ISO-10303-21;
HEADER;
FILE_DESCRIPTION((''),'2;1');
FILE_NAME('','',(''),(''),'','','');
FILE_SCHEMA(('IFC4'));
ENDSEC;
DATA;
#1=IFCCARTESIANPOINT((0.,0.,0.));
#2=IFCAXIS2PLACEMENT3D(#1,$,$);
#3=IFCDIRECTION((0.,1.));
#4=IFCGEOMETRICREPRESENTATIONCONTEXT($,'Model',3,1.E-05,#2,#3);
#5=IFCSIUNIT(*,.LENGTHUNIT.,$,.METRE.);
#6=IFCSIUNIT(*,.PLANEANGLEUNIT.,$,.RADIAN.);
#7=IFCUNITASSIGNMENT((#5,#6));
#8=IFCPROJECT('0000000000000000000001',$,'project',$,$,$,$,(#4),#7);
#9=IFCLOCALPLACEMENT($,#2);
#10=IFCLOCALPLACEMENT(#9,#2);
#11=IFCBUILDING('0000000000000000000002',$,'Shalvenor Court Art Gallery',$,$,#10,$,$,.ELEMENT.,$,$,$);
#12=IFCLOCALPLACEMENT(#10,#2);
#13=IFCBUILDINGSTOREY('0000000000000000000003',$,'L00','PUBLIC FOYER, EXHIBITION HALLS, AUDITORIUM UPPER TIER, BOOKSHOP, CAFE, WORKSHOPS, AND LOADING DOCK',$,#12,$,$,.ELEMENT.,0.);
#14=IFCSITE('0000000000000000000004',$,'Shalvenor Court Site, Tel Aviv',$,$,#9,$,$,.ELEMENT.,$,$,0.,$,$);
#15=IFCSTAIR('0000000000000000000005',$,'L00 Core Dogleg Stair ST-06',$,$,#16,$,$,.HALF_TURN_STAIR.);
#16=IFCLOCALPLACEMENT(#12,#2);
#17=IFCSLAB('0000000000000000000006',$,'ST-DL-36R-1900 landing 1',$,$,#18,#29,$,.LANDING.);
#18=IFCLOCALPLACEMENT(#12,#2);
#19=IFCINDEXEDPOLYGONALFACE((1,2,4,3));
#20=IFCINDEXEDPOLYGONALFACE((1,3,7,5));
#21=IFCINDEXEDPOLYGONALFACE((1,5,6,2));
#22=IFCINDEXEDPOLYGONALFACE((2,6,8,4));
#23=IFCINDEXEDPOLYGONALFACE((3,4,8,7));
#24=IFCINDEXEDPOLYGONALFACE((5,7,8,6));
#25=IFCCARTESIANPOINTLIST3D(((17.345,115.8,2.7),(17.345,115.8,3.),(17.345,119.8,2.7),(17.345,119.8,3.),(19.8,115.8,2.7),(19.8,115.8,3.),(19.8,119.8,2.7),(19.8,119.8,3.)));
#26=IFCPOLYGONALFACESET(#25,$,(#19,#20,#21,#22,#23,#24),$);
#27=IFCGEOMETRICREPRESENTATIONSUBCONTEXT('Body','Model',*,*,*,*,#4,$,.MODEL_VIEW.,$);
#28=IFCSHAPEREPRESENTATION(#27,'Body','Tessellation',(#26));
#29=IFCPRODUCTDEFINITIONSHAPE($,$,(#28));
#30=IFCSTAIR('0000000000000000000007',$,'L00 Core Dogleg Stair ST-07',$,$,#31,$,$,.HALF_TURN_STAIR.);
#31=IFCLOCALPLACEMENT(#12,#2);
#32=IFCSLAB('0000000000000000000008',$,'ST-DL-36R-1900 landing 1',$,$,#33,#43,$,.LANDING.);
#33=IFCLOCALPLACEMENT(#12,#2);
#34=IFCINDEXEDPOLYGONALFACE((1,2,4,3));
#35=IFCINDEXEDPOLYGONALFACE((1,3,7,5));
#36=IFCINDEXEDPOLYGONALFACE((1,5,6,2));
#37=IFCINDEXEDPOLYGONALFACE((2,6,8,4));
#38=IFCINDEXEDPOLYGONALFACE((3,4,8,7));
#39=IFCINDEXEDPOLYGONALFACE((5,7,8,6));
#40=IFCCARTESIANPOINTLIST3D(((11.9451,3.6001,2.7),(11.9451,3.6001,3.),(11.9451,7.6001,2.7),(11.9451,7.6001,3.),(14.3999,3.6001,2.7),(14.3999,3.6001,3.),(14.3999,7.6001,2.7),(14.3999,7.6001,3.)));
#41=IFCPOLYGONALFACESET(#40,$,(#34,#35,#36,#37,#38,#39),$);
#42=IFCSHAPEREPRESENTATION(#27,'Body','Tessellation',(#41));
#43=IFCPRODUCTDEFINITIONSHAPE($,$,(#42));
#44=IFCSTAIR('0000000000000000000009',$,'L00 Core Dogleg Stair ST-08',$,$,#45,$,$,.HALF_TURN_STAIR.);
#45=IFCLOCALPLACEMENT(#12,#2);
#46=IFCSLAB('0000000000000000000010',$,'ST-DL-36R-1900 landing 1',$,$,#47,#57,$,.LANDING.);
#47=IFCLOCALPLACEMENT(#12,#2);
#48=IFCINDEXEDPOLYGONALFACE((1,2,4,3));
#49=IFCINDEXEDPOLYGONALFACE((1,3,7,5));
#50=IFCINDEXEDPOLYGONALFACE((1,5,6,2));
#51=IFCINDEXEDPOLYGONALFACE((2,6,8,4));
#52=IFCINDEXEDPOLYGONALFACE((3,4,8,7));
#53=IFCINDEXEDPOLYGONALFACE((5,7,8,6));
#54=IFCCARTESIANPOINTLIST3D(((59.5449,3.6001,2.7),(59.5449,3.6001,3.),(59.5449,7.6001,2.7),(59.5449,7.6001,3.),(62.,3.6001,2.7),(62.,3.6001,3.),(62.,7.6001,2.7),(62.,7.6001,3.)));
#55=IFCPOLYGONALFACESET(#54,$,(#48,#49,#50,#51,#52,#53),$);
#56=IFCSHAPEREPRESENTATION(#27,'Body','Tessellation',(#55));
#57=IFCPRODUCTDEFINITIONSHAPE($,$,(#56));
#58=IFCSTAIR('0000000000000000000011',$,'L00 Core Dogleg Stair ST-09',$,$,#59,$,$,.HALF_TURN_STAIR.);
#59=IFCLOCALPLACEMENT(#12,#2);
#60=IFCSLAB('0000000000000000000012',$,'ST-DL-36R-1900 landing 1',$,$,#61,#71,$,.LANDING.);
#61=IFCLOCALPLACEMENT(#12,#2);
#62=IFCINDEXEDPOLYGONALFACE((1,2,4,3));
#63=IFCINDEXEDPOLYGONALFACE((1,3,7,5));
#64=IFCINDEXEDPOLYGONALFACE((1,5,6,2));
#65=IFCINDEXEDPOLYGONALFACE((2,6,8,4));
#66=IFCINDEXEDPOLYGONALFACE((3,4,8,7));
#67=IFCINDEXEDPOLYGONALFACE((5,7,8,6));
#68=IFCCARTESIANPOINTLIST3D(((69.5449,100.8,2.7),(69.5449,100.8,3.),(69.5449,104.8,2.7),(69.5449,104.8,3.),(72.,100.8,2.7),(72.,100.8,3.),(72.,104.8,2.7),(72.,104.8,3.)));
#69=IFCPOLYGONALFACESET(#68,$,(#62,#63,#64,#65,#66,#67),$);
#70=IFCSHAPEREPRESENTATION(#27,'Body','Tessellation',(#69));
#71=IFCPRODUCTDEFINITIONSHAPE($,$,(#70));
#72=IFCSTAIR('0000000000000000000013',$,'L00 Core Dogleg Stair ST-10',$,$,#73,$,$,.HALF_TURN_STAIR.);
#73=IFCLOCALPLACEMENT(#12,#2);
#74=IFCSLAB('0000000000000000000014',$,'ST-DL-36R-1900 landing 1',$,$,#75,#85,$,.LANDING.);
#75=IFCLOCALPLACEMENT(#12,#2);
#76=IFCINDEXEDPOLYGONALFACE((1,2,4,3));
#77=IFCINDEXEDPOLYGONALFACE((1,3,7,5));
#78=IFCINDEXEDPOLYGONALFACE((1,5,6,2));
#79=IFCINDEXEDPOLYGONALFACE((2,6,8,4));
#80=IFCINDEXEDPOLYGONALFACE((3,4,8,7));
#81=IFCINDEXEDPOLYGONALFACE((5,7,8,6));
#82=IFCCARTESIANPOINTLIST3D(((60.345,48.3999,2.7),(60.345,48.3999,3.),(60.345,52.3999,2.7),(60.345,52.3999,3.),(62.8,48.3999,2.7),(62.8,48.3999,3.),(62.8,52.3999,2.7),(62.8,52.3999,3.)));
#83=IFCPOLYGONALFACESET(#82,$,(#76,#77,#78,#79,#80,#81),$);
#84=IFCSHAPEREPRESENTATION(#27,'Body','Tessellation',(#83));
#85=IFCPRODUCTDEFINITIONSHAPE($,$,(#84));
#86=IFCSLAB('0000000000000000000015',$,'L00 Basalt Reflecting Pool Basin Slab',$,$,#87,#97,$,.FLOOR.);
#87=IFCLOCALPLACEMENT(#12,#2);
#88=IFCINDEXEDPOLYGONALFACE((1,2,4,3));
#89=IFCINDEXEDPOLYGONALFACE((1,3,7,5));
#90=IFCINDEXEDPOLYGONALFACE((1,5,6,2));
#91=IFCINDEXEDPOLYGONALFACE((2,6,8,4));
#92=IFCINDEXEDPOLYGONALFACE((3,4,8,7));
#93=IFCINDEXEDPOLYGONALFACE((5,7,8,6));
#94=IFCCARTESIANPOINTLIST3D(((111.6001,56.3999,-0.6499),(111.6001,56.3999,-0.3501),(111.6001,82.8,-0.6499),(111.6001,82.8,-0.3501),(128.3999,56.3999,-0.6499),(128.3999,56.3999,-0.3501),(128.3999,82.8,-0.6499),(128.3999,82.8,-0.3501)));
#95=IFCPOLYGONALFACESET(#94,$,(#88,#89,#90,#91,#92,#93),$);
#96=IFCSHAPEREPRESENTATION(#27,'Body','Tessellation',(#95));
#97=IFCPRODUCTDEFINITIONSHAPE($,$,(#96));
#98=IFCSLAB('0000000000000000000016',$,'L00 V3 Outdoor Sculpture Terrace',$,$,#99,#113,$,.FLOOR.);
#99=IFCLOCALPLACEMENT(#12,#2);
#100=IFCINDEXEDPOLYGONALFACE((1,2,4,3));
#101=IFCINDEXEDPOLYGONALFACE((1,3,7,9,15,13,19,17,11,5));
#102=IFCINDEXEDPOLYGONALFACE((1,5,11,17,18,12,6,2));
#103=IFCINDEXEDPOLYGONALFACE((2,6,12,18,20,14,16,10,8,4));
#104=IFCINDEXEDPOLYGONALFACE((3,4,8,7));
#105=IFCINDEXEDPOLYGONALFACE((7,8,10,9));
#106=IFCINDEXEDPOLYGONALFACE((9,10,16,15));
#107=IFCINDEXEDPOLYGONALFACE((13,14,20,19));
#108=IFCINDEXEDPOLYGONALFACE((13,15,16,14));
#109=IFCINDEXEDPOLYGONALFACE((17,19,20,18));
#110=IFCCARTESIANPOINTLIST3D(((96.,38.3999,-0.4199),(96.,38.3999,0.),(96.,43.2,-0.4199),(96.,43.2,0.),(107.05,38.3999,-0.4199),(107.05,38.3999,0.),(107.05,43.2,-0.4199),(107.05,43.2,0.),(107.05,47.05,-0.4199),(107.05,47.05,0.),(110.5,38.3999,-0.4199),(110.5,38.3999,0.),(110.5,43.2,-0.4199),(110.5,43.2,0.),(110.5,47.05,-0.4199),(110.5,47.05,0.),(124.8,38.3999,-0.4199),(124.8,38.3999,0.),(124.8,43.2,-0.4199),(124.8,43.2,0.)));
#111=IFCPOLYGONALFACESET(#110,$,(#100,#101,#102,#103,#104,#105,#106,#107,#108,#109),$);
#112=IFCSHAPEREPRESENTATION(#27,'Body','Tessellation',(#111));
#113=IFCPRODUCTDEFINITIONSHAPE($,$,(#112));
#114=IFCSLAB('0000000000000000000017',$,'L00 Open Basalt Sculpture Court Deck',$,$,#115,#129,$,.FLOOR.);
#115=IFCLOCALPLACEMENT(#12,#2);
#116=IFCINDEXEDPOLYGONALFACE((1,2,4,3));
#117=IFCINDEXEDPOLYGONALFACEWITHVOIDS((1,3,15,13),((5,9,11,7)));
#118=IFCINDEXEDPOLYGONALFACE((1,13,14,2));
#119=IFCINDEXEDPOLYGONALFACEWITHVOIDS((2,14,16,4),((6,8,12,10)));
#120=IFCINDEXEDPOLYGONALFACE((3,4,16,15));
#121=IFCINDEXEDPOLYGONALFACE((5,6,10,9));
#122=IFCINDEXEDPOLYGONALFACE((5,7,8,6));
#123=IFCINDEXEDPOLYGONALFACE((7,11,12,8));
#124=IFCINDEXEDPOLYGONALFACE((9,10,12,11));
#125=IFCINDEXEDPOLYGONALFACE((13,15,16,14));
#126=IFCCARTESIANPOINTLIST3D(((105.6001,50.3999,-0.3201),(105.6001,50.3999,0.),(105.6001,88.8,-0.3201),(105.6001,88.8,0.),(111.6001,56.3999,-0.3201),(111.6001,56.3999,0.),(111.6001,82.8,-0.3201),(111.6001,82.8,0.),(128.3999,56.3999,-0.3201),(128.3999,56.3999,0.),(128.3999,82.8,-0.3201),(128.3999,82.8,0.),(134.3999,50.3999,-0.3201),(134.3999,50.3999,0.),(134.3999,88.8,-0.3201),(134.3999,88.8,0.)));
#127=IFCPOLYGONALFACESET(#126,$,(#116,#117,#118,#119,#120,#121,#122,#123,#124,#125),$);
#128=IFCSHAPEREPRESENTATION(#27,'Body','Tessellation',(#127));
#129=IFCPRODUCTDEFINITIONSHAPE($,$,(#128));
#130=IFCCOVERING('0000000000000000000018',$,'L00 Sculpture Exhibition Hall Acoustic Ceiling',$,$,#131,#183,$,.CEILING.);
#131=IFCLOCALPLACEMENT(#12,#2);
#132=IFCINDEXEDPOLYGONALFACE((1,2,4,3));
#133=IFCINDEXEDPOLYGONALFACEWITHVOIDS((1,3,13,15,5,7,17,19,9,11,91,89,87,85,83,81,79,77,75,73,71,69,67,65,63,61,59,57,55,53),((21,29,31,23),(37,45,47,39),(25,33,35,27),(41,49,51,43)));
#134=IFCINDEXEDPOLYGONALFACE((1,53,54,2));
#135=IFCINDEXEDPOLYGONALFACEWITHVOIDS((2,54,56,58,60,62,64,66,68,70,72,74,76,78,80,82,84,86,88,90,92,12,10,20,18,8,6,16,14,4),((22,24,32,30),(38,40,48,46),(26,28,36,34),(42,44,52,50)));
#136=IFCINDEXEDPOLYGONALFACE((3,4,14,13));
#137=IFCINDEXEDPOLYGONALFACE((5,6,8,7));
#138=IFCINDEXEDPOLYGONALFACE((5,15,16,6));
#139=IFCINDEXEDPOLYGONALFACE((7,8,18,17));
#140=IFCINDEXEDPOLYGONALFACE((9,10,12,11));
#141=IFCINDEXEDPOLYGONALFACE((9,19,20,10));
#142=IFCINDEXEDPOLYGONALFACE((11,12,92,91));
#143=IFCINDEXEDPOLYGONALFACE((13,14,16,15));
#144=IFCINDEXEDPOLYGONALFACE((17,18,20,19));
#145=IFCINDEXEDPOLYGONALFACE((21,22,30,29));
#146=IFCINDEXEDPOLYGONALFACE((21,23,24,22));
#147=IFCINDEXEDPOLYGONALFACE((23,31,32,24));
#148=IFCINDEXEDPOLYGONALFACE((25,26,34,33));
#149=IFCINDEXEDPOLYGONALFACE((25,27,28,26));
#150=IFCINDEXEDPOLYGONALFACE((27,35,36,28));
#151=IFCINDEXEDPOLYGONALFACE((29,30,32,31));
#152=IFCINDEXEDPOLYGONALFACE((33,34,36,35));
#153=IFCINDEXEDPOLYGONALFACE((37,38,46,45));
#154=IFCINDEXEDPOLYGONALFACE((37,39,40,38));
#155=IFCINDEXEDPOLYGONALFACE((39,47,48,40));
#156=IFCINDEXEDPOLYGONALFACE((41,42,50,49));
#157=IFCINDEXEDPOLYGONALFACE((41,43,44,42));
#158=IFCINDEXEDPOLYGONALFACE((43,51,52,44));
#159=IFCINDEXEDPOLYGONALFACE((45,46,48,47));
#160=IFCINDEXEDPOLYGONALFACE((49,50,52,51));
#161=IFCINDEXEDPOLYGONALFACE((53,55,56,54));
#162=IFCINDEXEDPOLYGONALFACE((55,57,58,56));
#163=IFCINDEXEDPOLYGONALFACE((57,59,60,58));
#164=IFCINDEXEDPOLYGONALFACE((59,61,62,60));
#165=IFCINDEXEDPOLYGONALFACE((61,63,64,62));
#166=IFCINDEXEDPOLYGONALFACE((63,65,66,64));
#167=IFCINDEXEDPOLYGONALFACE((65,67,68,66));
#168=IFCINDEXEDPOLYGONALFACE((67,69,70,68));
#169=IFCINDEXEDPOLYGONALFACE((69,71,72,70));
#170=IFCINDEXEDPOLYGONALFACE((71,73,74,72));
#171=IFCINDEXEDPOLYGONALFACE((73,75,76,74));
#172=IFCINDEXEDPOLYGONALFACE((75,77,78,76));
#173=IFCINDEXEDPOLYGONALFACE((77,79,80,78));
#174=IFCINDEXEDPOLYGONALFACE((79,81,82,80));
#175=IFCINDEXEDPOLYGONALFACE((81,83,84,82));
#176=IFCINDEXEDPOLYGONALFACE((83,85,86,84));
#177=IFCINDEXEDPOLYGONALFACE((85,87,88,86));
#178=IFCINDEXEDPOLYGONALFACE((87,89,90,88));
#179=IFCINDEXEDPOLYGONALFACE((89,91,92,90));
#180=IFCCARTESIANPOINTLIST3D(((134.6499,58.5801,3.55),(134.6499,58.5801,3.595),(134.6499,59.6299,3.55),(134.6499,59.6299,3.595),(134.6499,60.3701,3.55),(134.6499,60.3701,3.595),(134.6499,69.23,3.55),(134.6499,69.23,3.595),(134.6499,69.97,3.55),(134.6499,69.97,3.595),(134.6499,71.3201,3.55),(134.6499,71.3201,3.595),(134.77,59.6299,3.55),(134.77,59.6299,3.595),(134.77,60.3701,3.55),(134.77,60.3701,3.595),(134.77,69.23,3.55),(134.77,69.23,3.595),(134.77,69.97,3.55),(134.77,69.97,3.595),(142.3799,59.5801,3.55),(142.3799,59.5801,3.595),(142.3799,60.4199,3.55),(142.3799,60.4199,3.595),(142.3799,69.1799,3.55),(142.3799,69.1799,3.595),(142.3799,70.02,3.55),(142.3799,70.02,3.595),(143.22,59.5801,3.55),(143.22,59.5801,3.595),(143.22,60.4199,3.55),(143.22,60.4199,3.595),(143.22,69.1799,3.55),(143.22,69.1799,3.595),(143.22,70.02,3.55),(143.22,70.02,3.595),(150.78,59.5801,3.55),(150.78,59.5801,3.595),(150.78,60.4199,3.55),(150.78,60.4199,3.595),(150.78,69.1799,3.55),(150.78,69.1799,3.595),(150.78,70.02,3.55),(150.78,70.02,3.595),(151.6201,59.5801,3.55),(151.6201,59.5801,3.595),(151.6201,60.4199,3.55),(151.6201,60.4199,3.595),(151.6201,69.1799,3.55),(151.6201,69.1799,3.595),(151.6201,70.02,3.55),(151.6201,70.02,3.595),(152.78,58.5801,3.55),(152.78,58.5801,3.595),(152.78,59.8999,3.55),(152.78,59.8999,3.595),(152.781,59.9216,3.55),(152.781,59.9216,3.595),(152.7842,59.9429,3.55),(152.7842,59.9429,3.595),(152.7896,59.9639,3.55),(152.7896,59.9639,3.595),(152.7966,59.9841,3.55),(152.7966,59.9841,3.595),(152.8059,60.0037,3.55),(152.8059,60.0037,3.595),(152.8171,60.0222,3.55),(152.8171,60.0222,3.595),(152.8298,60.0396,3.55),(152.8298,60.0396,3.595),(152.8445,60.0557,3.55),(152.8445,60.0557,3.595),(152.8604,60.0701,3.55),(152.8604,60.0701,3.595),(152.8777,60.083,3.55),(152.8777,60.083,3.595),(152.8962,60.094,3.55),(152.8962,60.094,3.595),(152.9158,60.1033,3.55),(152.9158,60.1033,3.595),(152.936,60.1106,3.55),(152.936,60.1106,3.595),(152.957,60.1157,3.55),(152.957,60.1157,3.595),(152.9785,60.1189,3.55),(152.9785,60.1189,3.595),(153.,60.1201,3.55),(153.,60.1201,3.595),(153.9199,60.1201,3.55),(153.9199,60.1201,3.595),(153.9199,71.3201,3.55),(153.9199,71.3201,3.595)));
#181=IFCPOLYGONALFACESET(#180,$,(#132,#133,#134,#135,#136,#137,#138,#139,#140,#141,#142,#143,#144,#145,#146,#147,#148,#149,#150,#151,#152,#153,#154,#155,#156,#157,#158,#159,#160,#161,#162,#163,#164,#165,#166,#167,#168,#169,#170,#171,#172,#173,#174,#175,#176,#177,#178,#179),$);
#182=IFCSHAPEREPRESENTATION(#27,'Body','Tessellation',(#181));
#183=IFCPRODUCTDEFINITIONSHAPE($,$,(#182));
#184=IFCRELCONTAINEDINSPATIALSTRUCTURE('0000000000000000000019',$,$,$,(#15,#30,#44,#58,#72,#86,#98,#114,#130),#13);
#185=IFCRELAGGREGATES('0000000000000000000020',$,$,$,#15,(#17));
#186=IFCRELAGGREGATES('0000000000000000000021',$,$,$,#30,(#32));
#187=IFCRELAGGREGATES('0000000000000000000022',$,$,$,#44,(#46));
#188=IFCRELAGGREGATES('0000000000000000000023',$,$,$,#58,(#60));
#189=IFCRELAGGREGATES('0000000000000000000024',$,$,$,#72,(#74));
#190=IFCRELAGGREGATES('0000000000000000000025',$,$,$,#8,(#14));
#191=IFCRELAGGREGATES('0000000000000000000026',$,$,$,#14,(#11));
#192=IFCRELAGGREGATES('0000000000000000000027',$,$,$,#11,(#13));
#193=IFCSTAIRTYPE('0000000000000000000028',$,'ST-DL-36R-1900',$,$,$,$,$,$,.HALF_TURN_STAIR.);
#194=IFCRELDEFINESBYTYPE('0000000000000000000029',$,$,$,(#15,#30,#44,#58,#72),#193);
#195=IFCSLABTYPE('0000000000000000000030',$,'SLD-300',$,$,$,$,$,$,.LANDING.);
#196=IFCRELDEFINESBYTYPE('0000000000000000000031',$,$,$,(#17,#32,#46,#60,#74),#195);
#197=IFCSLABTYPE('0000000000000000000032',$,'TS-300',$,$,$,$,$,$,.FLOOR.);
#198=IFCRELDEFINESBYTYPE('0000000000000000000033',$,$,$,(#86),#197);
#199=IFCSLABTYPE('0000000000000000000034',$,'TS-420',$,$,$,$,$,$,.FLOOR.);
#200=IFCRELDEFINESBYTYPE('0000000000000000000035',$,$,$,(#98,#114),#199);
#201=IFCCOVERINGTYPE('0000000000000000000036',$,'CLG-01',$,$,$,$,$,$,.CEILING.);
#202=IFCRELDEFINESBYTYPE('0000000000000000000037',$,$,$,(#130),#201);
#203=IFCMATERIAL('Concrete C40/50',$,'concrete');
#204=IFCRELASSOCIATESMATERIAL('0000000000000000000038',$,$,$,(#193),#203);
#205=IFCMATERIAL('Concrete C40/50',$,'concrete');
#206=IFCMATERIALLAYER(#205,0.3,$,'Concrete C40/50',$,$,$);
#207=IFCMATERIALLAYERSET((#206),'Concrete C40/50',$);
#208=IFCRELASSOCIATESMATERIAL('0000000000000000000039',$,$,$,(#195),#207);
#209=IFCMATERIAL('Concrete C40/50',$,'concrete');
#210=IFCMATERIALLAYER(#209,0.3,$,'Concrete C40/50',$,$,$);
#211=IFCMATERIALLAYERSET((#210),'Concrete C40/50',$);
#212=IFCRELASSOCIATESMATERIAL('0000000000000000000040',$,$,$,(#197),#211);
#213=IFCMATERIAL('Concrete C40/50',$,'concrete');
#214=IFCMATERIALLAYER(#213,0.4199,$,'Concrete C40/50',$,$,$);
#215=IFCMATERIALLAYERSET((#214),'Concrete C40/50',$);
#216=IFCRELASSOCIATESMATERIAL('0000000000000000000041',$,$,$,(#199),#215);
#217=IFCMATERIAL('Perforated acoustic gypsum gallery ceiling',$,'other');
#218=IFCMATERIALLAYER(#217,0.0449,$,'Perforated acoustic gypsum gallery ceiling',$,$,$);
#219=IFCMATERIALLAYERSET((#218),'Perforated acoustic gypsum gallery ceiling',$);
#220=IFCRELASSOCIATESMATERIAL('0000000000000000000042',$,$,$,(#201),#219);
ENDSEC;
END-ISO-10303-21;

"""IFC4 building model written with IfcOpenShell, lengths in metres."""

from ifc_helpers import new_model, si_unit, direction, frame, origin, place, context, subcontext, project, spatial, polyline, outline, extrude, material, layer, layer_set, type_object, element, aggregate, save


model = new_model("IFC4")

# Units and contexts
model_context = context("Model", 3, precision=1e-05, world=origin(), true_north=direction((0.0, 1.0)))
body_context = subcontext(model_context, "Body", "Model", "MODEL_VIEW")
ifc_project = project(units=[si_unit("LENGTHUNIT", "METRE"), si_unit("PLANEANGLEUNIT", "RADIAN")], contexts=[model_context])

# Site, building, storey
site_placement = place(None, origin())
site = spatial("IfcSite", under=ifc_project, at=site_placement, Name="Shalvenor Court Site, Tel Aviv", CompositionType="ELEMENT", RefElevation=0.0)
building_placement = place(site_placement, origin())
building = spatial("IfcBuilding", under=site, at=building_placement, Name="Shalvenor Court Art Gallery", CompositionType="ELEMENT")
storey_placement = place(building_placement, origin())
storey = spatial("IfcBuildingStorey", under=building, at=storey_placement, Name="L00", Description="PUBLIC FOYER, EXHIBITION HALLS, AUDITORIUM UPPER TIER, BOOKSHOP, CAFE, WORKSHOPS, AND LOADING DOCK", CompositionType="ELEMENT", Elevation=0.0)

# Stairs, slabs
ifc_material_1 = material(Name="Concrete C40/50", Category="concrete")
stair_type_1 = type_object("IfcStairType", Name="ST-DL-36R-1900", PredefinedType="HALF_TURN_STAIR", material=ifc_material_1)
ifc_material_2 = material(Name="Concrete C40/50", Category="concrete")
ifc_layer_1 = layer(ifc_material_2, 0.3, Name="Concrete C40/50")
ifc_layer_set_1 = layer_set([ifc_layer_1], Name="Concrete C40/50")
slab_type_1 = type_object("IfcSlabType", Name="SLD-300", PredefinedType="LANDING", material=ifc_layer_set_1)
stair_1_placement = place(storey_placement, origin())
stair_1 = element("IfcStair", 1, at=stair_1_placement, inside=storey, type_object=stair_type_1, Name="L00 Core Dogleg Stair ST-06", PredefinedType="HALF_TURN_STAIR")
slab_1_placement = place(storey_placement, frame((0.0, 0.0, 2.7)))
slab_1 = element("IfcSlab", 2, at=slab_1_placement, type_object=slab_type_1, Name="ST-DL-36R-1900 landing 1", PredefinedType="LANDING", context=body_context, shape_type="SweptSolid", body=[
    extrude(outline(polyline([(17.345, 115.8), (19.8, 115.8), (19.8, 119.8), (17.345, 119.8), (17.345, 115.8)])), origin(), (0.0, 0.0, 1.0), 0.3),
])
aggregate(stair_1, [slab_1])
stair_2_placement = place(storey_placement, origin())
stair_2 = element("IfcStair", 3, at=stair_2_placement, inside=storey, type_object=stair_type_1, Name="L00 Core Dogleg Stair ST-07", PredefinedType="HALF_TURN_STAIR")
slab_2_placement = place(storey_placement, frame((0.0, 0.0, 2.7)))
slab_2 = element("IfcSlab", 4, at=slab_2_placement, type_object=slab_type_1, Name="ST-DL-36R-1900 landing 1", PredefinedType="LANDING", context=body_context, shape_type="SweptSolid", body=[
    extrude(outline(polyline([(11.9451, 3.6001), (14.3999, 3.6001), (14.3999, 7.6001), (11.9451, 7.6001), (11.9451, 3.6001)])), origin(), (0.0, 0.0, 1.0), 0.3),
])
aggregate(stair_2, [slab_2])
stair_3_placement = place(storey_placement, origin())
stair_3 = element("IfcStair", 5, at=stair_3_placement, inside=storey, type_object=stair_type_1, Name="L00 Core Dogleg Stair ST-08", PredefinedType="HALF_TURN_STAIR")
slab_3_placement = place(storey_placement, frame((0.0, 0.0, 2.7)))
slab_3 = element("IfcSlab", 6, at=slab_3_placement, type_object=slab_type_1, Name="ST-DL-36R-1900 landing 1", PredefinedType="LANDING", context=body_context, shape_type="SweptSolid", body=[
    extrude(outline(polyline([(59.5449, 3.6001), (62.0, 3.6001), (62.0, 7.6001), (59.5449, 7.6001), (59.5449, 3.6001)])), origin(), (0.0, 0.0, 1.0), 0.3),
])
aggregate(stair_3, [slab_3])
stair_4_placement = place(storey_placement, origin())
stair_4 = element("IfcStair", 7, at=stair_4_placement, inside=storey, type_object=stair_type_1, Name="L00 Core Dogleg Stair ST-09", PredefinedType="HALF_TURN_STAIR")
slab_4_placement = place(storey_placement, frame((0.0, 0.0, 2.7)))
slab_4 = element("IfcSlab", 8, at=slab_4_placement, type_object=slab_type_1, Name="ST-DL-36R-1900 landing 1", PredefinedType="LANDING", context=body_context, shape_type="SweptSolid", body=[
    extrude(outline(polyline([(69.5449, 100.8), (72.0, 100.8), (72.0, 104.8), (69.5449, 104.8), (69.5449, 100.8)])), origin(), (0.0, 0.0, 1.0), 0.3),
])
aggregate(stair_4, [slab_4])
stair_5_placement = place(storey_placement, origin())
stair_5 = element("IfcStair", 9, at=stair_5_placement, inside=storey, type_object=stair_type_1, Name="L00 Core Dogleg Stair ST-10", PredefinedType="HALF_TURN_STAIR")
slab_5_placement = place(storey_placement, frame((0.0, 0.0, 2.7)))
slab_5 = element("IfcSlab", 10, at=slab_5_placement, type_object=slab_type_1, Name="ST-DL-36R-1900 landing 1", PredefinedType="LANDING", context=body_context, shape_type="SweptSolid", body=[
    extrude(outline(polyline([(60.345, 48.3999), (62.8, 48.3999), (62.8, 52.3999), (60.345, 52.3999), (60.345, 48.3999)])), origin(), (0.0, 0.0, 1.0), 0.3),
])
aggregate(stair_5, [slab_5])

# Slabs
ifc_material_3 = material(Name="Concrete C40/50", Category="concrete")
ifc_layer_2 = layer(ifc_material_3, 0.3, Name="Concrete C40/50")
ifc_layer_set_2 = layer_set([ifc_layer_2], Name="Concrete C40/50")
slab_type_2 = type_object("IfcSlabType", Name="TS-300", PredefinedType="FLOOR", material=ifc_layer_set_2)
slab_6_placement = place(storey_placement, frame((0.0, 0.0, -0.6499)))
element("IfcSlab", 11, at=slab_6_placement, inside=storey, type_object=slab_type_2, Name="L00 Basalt Reflecting Pool Basin Slab", PredefinedType="FLOOR", context=body_context, shape_type="SweptSolid", body=[
    extrude(outline(polyline([(111.6001, 56.3999), (128.3999, 56.3999), (128.3999, 82.8), (111.6001, 82.8), (111.6001, 56.3999)])), origin(), (0.0, 0.0, 1.0), 0.2998),
])
ifc_material_4 = material(Name="Concrete C40/50", Category="concrete")
ifc_layer_3 = layer(ifc_material_4, 0.4199, Name="Concrete C40/50")
ifc_layer_set_3 = layer_set([ifc_layer_3], Name="Concrete C40/50")
slab_type_3 = type_object("IfcSlabType", Name="TS-420", PredefinedType="FLOOR", material=ifc_layer_set_3)
slab_7_placement = place(storey_placement, frame((0.0, 0.0, -0.4199)))
element("IfcSlab", 12, at=slab_7_placement, inside=storey, type_object=slab_type_3, Name="L00 V3 Outdoor Sculpture Terrace", PredefinedType="FLOOR", context=body_context, shape_type="SweptSolid", body=[
    extrude(outline(polyline([(124.8, 43.2), (124.8, 38.3999), (110.5, 38.3999), (107.05, 38.3999), (96.0, 38.3999), (96.0, 43.2), (107.05, 43.2), (107.05, 47.05), (110.5, 47.05), (110.5, 43.2), (124.8, 43.2)])), origin(), (0.0, 0.0, 1.0), 0.4199),
])
slab_8_placement = place(storey_placement, frame((0.0, 0.0, -0.3201)))
element("IfcSlab", 13, at=slab_8_placement, inside=storey, type_object=slab_type_3, Name="L00 Open Basalt Sculpture Court Deck", PredefinedType="FLOOR", context=body_context, shape_type="SweptSolid", body=[
    extrude(outline(polyline([(105.6001, 50.3999), (134.3999, 50.3999), (134.3999, 88.8), (105.6001, 88.8), (105.6001, 50.3999)]), holes=[polyline([(111.6001, 56.3999), (128.3999, 56.3999), (128.3999, 82.8), (111.6001, 82.8), (111.6001, 56.3999)])]), origin(), (0.0, 0.0, 1.0), 0.3201),
])

# Covering
ifc_material_5 = material(Name="Perforated acoustic gypsum gallery ceiling", Category="other")
ifc_layer_4 = layer(ifc_material_5, 0.0449, Name="Perforated acoustic gypsum gallery ceiling")
ifc_layer_set_4 = layer_set([ifc_layer_4], Name="Perforated acoustic gypsum gallery ceiling")
covering_type_1 = type_object("IfcCoveringType", Name="CLG-01", PredefinedType="CEILING", material=ifc_layer_set_4)
covering_1_placement = place(storey_placement, frame((0.0, 0.0, 3.55)))
element("IfcCovering", 14, at=covering_1_placement, inside=storey, type_object=covering_type_1, Name="L00 Sculpture Exhibition Hall Acoustic Ceiling", PredefinedType="CEILING", context=body_context, shape_type="SweptSolid", body=[
    extrude(outline(polyline([(153.9199, 71.3201), (153.9199, 60.1201), (153.0, 60.1201), (152.9785, 60.1189), (152.957, 60.1157), (152.936, 60.1106), (152.9158, 60.1033), (152.8962, 60.094), (152.8777, 60.083), (152.8604, 60.0701), (152.8445, 60.0557), (152.8298, 60.0396), (152.8171, 60.0222), (152.8059, 60.0037), (152.7966, 59.9841), (152.7896, 59.9639), (152.7842, 59.9429), (152.781, 59.9216), (152.78, 59.8999), (152.78, 58.5801), (134.6499, 58.5801), (134.6499, 59.6299), (134.77, 59.6299), (134.77, 60.3701), (134.6499, 60.3701), (134.6499, 69.23), (134.77, 69.23), (134.77, 69.97), (134.6499, 69.97), (134.6499, 71.3201), (153.9199, 71.3201)]), holes=[polyline([(150.78, 60.4199), (150.78, 59.5801), (151.6201, 59.5801), (151.6201, 60.4199), (150.78, 60.4199)]), polyline([(142.3799, 60.4199), (142.3799, 59.5801), (143.22, 59.5801), (143.22, 60.4199), (142.3799, 60.4199)]), polyline([(150.78, 70.02), (150.78, 69.1799), (151.6201, 69.1799), (151.6201, 70.02), (150.78, 70.02)]), polyline([(143.22, 70.02), (142.3799, 70.02), (142.3799, 69.1799), (143.22, 69.1799), (143.22, 70.02)])]), origin(), (0.0, 0.0, 1.0), 0.0449),
])

save(model, "model.ifc")
